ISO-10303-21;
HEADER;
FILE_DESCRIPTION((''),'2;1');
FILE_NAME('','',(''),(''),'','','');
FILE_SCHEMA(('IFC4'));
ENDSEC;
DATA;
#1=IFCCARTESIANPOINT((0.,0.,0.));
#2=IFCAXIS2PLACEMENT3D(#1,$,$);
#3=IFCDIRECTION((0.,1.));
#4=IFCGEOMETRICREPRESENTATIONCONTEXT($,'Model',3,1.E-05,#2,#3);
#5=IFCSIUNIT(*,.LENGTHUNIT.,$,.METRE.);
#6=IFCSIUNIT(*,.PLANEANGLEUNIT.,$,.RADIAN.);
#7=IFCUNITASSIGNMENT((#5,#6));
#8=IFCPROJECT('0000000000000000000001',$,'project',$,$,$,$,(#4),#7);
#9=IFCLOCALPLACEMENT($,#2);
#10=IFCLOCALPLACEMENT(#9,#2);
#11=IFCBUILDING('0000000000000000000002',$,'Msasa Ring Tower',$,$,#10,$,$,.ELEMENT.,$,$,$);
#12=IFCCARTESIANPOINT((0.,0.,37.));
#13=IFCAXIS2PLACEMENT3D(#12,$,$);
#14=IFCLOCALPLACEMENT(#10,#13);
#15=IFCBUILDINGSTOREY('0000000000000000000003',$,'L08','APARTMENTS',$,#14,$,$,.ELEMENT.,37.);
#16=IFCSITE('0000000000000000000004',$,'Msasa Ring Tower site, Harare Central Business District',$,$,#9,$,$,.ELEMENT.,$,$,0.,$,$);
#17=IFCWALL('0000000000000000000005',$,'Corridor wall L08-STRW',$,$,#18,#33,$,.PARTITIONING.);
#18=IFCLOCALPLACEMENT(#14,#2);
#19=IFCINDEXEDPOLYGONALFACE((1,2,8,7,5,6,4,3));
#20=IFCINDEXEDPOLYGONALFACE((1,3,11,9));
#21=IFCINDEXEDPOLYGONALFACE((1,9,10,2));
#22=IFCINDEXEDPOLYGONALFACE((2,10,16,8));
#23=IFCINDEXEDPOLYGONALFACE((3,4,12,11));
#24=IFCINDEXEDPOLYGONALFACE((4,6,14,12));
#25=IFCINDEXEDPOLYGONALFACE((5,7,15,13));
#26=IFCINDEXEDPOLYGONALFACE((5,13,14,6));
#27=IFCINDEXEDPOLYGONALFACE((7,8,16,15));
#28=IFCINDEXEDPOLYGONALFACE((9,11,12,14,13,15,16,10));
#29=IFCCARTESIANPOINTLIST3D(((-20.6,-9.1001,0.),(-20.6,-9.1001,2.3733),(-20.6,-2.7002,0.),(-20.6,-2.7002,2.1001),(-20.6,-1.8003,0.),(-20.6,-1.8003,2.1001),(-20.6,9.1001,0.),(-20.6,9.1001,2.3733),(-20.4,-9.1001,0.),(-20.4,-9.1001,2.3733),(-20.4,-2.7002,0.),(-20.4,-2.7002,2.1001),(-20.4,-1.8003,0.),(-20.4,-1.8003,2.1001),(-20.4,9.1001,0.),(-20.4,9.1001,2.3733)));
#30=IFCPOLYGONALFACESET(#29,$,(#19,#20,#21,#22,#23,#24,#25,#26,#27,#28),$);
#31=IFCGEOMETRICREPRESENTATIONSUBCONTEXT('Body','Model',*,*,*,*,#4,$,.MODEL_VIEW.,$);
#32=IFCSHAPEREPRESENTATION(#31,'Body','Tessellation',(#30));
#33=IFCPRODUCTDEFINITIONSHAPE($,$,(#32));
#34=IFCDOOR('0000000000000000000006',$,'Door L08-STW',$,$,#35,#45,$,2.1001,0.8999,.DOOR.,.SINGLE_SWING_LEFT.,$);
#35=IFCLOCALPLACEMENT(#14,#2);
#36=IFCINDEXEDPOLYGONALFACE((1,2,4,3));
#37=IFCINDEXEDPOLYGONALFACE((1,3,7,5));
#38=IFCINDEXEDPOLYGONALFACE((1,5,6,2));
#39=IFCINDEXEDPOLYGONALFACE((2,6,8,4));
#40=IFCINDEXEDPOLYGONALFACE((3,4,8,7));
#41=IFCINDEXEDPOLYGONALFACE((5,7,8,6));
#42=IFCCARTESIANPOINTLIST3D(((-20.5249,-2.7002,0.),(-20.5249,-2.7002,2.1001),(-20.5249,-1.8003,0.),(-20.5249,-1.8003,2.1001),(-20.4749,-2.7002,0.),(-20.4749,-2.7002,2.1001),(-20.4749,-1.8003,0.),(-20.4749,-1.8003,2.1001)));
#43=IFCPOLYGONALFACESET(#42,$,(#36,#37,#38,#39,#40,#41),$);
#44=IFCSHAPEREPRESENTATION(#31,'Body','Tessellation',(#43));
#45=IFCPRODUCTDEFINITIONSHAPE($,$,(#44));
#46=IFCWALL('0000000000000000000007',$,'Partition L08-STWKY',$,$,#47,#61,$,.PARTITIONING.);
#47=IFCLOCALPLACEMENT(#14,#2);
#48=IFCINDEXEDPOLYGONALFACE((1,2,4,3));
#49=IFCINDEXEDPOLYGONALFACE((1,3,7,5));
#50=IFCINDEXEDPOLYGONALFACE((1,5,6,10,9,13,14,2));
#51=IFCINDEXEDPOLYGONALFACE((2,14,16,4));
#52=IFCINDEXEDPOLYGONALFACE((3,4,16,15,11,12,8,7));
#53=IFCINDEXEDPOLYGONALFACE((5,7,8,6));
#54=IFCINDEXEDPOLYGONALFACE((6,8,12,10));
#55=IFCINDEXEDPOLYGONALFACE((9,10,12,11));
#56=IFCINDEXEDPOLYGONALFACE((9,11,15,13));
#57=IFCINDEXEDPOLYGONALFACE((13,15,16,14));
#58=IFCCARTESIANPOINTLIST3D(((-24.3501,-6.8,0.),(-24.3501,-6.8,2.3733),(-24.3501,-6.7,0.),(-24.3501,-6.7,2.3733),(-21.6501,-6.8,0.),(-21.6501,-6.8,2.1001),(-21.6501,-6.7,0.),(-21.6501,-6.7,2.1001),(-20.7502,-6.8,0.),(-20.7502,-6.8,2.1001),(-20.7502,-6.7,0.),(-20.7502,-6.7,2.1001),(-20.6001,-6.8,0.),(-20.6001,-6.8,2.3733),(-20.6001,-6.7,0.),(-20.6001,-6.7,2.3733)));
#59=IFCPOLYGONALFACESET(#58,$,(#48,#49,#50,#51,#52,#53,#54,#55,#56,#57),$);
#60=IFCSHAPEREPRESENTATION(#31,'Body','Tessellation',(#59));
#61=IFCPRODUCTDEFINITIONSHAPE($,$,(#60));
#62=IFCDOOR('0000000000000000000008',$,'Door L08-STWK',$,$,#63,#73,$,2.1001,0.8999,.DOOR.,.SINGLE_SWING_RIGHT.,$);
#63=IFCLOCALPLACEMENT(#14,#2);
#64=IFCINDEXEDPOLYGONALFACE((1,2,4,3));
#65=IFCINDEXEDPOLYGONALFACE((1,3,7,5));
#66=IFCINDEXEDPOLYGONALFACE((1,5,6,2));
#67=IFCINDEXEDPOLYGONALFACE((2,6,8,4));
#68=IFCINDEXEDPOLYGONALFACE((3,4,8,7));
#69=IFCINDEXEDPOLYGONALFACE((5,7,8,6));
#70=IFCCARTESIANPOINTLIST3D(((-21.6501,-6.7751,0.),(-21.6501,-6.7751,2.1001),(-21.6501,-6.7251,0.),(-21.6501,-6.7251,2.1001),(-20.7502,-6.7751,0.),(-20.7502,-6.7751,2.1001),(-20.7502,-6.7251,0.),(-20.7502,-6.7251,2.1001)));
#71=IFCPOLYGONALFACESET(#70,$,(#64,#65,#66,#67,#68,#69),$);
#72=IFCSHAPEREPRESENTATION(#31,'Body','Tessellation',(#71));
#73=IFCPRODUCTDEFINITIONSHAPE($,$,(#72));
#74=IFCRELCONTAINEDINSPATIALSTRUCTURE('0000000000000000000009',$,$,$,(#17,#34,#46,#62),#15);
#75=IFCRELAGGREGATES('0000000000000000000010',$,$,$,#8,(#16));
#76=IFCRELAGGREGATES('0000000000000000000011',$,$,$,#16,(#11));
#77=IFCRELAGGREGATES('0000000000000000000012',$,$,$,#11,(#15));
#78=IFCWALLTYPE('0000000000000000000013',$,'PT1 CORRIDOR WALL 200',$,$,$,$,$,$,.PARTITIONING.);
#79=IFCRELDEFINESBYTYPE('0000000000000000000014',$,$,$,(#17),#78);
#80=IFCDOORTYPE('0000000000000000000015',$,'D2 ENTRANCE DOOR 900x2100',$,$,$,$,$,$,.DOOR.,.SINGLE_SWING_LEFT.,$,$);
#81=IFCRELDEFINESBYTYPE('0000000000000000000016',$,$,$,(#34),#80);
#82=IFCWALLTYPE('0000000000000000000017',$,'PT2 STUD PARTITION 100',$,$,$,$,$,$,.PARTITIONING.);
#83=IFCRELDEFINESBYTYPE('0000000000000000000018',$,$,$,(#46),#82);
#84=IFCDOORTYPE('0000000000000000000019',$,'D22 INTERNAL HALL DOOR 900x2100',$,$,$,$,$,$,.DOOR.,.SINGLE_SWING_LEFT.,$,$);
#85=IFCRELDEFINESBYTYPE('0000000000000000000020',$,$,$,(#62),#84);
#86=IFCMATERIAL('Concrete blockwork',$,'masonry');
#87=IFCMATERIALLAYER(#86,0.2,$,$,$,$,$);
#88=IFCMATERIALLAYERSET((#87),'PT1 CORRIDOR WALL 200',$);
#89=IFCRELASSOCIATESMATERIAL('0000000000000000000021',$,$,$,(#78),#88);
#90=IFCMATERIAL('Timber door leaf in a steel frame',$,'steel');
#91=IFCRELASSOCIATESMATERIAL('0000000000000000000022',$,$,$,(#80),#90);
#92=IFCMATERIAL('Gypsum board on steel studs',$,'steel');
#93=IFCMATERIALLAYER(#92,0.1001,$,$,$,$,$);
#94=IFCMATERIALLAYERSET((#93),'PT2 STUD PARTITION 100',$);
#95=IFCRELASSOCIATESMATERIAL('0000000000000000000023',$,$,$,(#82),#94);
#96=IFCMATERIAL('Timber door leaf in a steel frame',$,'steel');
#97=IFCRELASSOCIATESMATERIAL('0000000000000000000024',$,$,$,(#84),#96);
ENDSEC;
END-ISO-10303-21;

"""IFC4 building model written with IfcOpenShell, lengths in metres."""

from ifc_helpers import new_model, si_unit, direction, frame, frame_2d, origin, place, context, subcontext, project, spatial, rectangle, extrude, material, layer, layer_set, type_object, element, fill, save


model = new_model("IFC4")

# Units and contexts
model_context = context("Model", 3, precision=1e-05, world=origin(), true_north=direction((0.0, 1.0)))
body_context = subcontext(model_context, "Body", "Model", "MODEL_VIEW")
ifc_project = project(units=[si_unit("LENGTHUNIT", "METRE"), si_unit("PLANEANGLEUNIT", "RADIAN")], contexts=[model_context])

# Site, building, storey
site_placement = place(None, origin())
site = spatial("IfcSite", under=ifc_project, at=site_placement, Name="Msasa Ring Tower site, Harare Central Business District", CompositionType="ELEMENT", RefElevation=0.0)
building_placement = place(site_placement, origin())
building = spatial("IfcBuilding", under=site, at=building_placement, Name="Msasa Ring Tower", CompositionType="ELEMENT")
storey_placement = place(building_placement, frame((0.0, 0.0, 37.0)))
storey = spatial("IfcBuildingStorey", under=building, at=storey_placement, Name="L08", Description="APARTMENTS", CompositionType="ELEMENT", Elevation=37.0)

# Shared definitions
ifc_material_1 = material(Name="Concrete blockwork", Category="masonry")
ifc_layer_1 = layer(ifc_material_1, 0.2)
ifc_layer_set_1 = layer_set([ifc_layer_1], Name="PT1 CORRIDOR WALL 200")
wall_type_1 = type_object("IfcWallType", Name="PT1 CORRIDOR WALL 200", PredefinedType="PARTITIONING", material=ifc_layer_set_1)
ifc_material_2 = material(Name="Timber door leaf in a steel frame", Category="steel")
door_type_1 = type_object("IfcDoorType", Name="D2 ENTRANCE DOOR 900x2100", OperationType="SINGLE_SWING_LEFT", PredefinedType="DOOR", material=ifc_material_2)

# Walls, openings, doors
wall_1_placement = place(storey_placement, frame((-20.5, -9.1001, 0.0), z_axis=(0.0, 0.0, 1.0), x_axis=(0.0, 1.0, 0.0)))
wall_1 = element("IfcWall", 1, at=wall_1_placement, inside=storey, type_object=wall_type_1, Name="Corridor wall L08-STRW", PredefinedType="PARTITIONING", context=body_context, shape_type="SweptSolid", body=[
    extrude(rectangle(XDim=18.2002, YDim=0.2, at=frame_2d((9.1001, 0.0))), origin(), (0.0, 0.0, 1.0), 2.3733),
])
opening_1_placement = place(wall_1_placement, frame((6.3999, 0.0, 0.0)))
opening_1 = element("IfcOpeningElement", 2, at=opening_1_placement, cuts=wall_1, PredefinedType="OPENING", context=body_context, shape_type="SweptSolid", body=[
    extrude(rectangle(XDim=0.8999, YDim=2.1001, at=frame_2d((0.45, 1.05))), frame((0.0, 0.1099, 0.0), z_axis=(0.0, -1.0, 0.0), x_axis=(1.0, 0.0, 0.0)), (0.0, 0.0, 1.0), 0.22),
])
door_1_placement = place(opening_1_placement, origin())
door_1 = element("IfcDoor", 3, at=door_1_placement, inside=storey, type_object=door_type_1, Name="Door L08-STW", OperationType="SINGLE_SWING_LEFT", OverallHeight=2.1001, OverallWidth=0.8999, PredefinedType="DOOR", context=body_context, shape_type="SweptSolid", body=[
    extrude(rectangle(XDim=0.8999, YDim=2.1001, at=frame_2d((0.45, 1.05))), frame((0.0, 0.0249, 0.0), z_axis=(0.0, -1.0, 0.0), x_axis=(1.0, 0.0, 0.0)), (0.0, 0.0, 1.0), 0.05),
])
fill(opening_1, door_1)
ifc_material_3 = material(Name="Gypsum board on steel studs", Category="steel")
ifc_layer_2 = layer(ifc_material_3, 0.1001)
ifc_layer_set_2 = layer_set([ifc_layer_2], Name="PT2 STUD PARTITION 100")
wall_type_2 = type_object("IfcWallType", Name="PT2 STUD PARTITION 100", PredefinedType="PARTITIONING", material=ifc_layer_set_2)
wall_2_placement = place(storey_placement, frame((-24.3501, -6.75, 0.0), z_axis=(0.0, 0.0, 1.0), x_axis=(1.0, 0.0, 0.0)))
wall_2 = element("IfcWall", 4, at=wall_2_placement, inside=storey, type_object=wall_type_2, Name="Partition L08-STWKY", PredefinedType="PARTITIONING", context=body_context, shape_type="SweptSolid", body=[
    extrude(rectangle(XDim=3.75, YDim=0.1001, at=frame_2d((1.875, 0.0))), origin(), (0.0, 0.0, 1.0), 2.3733),
])
opening_2_placement = place(wall_2_placement, frame((2.7, 0.0, 0.0)))
opening_2 = element("IfcOpeningElement", 5, at=opening_2_placement, cuts=wall_2, PredefinedType="OPENING", context=body_context, shape_type="SweptSolid", body=[
    extrude(rectangle(XDim=0.8999, YDim=2.1001, at=frame_2d((0.45, 1.05))), frame((0.0, 0.0601, 0.0), z_axis=(0.0, -1.0, 0.0), x_axis=(1.0, 0.0, 0.0)), (0.0, 0.0, 1.0), 0.1201),
])
ifc_material_4 = material(Name="Timber door leaf in a steel frame", Category="steel")
door_type_2 = type_object("IfcDoorType", Name="D22 INTERNAL HALL DOOR 900x2100", OperationType="SINGLE_SWING_LEFT", PredefinedType="DOOR", material=ifc_material_4)
door_2_placement = place(opening_2_placement, origin())
door_2 = element("IfcDoor", 6, at=door_2_placement, inside=storey, type_object=door_type_2, Name="Door L08-STWK", OperationType="SINGLE_SWING_RIGHT", OverallHeight=2.1001, OverallWidth=0.8999, PredefinedType="DOOR", context=body_context, shape_type="SweptSolid", body=[
    extrude(rectangle(XDim=0.8999, YDim=2.1001, at=frame_2d((0.45, 1.05))), frame((0.0, 0.0249, 0.0), z_axis=(0.0, -1.0, 0.0), x_axis=(1.0, 0.0, 0.0)), (0.0, 0.0, 1.0), 0.05),
])
fill(opening_2, door_2)

save(model, "model.ifc")
